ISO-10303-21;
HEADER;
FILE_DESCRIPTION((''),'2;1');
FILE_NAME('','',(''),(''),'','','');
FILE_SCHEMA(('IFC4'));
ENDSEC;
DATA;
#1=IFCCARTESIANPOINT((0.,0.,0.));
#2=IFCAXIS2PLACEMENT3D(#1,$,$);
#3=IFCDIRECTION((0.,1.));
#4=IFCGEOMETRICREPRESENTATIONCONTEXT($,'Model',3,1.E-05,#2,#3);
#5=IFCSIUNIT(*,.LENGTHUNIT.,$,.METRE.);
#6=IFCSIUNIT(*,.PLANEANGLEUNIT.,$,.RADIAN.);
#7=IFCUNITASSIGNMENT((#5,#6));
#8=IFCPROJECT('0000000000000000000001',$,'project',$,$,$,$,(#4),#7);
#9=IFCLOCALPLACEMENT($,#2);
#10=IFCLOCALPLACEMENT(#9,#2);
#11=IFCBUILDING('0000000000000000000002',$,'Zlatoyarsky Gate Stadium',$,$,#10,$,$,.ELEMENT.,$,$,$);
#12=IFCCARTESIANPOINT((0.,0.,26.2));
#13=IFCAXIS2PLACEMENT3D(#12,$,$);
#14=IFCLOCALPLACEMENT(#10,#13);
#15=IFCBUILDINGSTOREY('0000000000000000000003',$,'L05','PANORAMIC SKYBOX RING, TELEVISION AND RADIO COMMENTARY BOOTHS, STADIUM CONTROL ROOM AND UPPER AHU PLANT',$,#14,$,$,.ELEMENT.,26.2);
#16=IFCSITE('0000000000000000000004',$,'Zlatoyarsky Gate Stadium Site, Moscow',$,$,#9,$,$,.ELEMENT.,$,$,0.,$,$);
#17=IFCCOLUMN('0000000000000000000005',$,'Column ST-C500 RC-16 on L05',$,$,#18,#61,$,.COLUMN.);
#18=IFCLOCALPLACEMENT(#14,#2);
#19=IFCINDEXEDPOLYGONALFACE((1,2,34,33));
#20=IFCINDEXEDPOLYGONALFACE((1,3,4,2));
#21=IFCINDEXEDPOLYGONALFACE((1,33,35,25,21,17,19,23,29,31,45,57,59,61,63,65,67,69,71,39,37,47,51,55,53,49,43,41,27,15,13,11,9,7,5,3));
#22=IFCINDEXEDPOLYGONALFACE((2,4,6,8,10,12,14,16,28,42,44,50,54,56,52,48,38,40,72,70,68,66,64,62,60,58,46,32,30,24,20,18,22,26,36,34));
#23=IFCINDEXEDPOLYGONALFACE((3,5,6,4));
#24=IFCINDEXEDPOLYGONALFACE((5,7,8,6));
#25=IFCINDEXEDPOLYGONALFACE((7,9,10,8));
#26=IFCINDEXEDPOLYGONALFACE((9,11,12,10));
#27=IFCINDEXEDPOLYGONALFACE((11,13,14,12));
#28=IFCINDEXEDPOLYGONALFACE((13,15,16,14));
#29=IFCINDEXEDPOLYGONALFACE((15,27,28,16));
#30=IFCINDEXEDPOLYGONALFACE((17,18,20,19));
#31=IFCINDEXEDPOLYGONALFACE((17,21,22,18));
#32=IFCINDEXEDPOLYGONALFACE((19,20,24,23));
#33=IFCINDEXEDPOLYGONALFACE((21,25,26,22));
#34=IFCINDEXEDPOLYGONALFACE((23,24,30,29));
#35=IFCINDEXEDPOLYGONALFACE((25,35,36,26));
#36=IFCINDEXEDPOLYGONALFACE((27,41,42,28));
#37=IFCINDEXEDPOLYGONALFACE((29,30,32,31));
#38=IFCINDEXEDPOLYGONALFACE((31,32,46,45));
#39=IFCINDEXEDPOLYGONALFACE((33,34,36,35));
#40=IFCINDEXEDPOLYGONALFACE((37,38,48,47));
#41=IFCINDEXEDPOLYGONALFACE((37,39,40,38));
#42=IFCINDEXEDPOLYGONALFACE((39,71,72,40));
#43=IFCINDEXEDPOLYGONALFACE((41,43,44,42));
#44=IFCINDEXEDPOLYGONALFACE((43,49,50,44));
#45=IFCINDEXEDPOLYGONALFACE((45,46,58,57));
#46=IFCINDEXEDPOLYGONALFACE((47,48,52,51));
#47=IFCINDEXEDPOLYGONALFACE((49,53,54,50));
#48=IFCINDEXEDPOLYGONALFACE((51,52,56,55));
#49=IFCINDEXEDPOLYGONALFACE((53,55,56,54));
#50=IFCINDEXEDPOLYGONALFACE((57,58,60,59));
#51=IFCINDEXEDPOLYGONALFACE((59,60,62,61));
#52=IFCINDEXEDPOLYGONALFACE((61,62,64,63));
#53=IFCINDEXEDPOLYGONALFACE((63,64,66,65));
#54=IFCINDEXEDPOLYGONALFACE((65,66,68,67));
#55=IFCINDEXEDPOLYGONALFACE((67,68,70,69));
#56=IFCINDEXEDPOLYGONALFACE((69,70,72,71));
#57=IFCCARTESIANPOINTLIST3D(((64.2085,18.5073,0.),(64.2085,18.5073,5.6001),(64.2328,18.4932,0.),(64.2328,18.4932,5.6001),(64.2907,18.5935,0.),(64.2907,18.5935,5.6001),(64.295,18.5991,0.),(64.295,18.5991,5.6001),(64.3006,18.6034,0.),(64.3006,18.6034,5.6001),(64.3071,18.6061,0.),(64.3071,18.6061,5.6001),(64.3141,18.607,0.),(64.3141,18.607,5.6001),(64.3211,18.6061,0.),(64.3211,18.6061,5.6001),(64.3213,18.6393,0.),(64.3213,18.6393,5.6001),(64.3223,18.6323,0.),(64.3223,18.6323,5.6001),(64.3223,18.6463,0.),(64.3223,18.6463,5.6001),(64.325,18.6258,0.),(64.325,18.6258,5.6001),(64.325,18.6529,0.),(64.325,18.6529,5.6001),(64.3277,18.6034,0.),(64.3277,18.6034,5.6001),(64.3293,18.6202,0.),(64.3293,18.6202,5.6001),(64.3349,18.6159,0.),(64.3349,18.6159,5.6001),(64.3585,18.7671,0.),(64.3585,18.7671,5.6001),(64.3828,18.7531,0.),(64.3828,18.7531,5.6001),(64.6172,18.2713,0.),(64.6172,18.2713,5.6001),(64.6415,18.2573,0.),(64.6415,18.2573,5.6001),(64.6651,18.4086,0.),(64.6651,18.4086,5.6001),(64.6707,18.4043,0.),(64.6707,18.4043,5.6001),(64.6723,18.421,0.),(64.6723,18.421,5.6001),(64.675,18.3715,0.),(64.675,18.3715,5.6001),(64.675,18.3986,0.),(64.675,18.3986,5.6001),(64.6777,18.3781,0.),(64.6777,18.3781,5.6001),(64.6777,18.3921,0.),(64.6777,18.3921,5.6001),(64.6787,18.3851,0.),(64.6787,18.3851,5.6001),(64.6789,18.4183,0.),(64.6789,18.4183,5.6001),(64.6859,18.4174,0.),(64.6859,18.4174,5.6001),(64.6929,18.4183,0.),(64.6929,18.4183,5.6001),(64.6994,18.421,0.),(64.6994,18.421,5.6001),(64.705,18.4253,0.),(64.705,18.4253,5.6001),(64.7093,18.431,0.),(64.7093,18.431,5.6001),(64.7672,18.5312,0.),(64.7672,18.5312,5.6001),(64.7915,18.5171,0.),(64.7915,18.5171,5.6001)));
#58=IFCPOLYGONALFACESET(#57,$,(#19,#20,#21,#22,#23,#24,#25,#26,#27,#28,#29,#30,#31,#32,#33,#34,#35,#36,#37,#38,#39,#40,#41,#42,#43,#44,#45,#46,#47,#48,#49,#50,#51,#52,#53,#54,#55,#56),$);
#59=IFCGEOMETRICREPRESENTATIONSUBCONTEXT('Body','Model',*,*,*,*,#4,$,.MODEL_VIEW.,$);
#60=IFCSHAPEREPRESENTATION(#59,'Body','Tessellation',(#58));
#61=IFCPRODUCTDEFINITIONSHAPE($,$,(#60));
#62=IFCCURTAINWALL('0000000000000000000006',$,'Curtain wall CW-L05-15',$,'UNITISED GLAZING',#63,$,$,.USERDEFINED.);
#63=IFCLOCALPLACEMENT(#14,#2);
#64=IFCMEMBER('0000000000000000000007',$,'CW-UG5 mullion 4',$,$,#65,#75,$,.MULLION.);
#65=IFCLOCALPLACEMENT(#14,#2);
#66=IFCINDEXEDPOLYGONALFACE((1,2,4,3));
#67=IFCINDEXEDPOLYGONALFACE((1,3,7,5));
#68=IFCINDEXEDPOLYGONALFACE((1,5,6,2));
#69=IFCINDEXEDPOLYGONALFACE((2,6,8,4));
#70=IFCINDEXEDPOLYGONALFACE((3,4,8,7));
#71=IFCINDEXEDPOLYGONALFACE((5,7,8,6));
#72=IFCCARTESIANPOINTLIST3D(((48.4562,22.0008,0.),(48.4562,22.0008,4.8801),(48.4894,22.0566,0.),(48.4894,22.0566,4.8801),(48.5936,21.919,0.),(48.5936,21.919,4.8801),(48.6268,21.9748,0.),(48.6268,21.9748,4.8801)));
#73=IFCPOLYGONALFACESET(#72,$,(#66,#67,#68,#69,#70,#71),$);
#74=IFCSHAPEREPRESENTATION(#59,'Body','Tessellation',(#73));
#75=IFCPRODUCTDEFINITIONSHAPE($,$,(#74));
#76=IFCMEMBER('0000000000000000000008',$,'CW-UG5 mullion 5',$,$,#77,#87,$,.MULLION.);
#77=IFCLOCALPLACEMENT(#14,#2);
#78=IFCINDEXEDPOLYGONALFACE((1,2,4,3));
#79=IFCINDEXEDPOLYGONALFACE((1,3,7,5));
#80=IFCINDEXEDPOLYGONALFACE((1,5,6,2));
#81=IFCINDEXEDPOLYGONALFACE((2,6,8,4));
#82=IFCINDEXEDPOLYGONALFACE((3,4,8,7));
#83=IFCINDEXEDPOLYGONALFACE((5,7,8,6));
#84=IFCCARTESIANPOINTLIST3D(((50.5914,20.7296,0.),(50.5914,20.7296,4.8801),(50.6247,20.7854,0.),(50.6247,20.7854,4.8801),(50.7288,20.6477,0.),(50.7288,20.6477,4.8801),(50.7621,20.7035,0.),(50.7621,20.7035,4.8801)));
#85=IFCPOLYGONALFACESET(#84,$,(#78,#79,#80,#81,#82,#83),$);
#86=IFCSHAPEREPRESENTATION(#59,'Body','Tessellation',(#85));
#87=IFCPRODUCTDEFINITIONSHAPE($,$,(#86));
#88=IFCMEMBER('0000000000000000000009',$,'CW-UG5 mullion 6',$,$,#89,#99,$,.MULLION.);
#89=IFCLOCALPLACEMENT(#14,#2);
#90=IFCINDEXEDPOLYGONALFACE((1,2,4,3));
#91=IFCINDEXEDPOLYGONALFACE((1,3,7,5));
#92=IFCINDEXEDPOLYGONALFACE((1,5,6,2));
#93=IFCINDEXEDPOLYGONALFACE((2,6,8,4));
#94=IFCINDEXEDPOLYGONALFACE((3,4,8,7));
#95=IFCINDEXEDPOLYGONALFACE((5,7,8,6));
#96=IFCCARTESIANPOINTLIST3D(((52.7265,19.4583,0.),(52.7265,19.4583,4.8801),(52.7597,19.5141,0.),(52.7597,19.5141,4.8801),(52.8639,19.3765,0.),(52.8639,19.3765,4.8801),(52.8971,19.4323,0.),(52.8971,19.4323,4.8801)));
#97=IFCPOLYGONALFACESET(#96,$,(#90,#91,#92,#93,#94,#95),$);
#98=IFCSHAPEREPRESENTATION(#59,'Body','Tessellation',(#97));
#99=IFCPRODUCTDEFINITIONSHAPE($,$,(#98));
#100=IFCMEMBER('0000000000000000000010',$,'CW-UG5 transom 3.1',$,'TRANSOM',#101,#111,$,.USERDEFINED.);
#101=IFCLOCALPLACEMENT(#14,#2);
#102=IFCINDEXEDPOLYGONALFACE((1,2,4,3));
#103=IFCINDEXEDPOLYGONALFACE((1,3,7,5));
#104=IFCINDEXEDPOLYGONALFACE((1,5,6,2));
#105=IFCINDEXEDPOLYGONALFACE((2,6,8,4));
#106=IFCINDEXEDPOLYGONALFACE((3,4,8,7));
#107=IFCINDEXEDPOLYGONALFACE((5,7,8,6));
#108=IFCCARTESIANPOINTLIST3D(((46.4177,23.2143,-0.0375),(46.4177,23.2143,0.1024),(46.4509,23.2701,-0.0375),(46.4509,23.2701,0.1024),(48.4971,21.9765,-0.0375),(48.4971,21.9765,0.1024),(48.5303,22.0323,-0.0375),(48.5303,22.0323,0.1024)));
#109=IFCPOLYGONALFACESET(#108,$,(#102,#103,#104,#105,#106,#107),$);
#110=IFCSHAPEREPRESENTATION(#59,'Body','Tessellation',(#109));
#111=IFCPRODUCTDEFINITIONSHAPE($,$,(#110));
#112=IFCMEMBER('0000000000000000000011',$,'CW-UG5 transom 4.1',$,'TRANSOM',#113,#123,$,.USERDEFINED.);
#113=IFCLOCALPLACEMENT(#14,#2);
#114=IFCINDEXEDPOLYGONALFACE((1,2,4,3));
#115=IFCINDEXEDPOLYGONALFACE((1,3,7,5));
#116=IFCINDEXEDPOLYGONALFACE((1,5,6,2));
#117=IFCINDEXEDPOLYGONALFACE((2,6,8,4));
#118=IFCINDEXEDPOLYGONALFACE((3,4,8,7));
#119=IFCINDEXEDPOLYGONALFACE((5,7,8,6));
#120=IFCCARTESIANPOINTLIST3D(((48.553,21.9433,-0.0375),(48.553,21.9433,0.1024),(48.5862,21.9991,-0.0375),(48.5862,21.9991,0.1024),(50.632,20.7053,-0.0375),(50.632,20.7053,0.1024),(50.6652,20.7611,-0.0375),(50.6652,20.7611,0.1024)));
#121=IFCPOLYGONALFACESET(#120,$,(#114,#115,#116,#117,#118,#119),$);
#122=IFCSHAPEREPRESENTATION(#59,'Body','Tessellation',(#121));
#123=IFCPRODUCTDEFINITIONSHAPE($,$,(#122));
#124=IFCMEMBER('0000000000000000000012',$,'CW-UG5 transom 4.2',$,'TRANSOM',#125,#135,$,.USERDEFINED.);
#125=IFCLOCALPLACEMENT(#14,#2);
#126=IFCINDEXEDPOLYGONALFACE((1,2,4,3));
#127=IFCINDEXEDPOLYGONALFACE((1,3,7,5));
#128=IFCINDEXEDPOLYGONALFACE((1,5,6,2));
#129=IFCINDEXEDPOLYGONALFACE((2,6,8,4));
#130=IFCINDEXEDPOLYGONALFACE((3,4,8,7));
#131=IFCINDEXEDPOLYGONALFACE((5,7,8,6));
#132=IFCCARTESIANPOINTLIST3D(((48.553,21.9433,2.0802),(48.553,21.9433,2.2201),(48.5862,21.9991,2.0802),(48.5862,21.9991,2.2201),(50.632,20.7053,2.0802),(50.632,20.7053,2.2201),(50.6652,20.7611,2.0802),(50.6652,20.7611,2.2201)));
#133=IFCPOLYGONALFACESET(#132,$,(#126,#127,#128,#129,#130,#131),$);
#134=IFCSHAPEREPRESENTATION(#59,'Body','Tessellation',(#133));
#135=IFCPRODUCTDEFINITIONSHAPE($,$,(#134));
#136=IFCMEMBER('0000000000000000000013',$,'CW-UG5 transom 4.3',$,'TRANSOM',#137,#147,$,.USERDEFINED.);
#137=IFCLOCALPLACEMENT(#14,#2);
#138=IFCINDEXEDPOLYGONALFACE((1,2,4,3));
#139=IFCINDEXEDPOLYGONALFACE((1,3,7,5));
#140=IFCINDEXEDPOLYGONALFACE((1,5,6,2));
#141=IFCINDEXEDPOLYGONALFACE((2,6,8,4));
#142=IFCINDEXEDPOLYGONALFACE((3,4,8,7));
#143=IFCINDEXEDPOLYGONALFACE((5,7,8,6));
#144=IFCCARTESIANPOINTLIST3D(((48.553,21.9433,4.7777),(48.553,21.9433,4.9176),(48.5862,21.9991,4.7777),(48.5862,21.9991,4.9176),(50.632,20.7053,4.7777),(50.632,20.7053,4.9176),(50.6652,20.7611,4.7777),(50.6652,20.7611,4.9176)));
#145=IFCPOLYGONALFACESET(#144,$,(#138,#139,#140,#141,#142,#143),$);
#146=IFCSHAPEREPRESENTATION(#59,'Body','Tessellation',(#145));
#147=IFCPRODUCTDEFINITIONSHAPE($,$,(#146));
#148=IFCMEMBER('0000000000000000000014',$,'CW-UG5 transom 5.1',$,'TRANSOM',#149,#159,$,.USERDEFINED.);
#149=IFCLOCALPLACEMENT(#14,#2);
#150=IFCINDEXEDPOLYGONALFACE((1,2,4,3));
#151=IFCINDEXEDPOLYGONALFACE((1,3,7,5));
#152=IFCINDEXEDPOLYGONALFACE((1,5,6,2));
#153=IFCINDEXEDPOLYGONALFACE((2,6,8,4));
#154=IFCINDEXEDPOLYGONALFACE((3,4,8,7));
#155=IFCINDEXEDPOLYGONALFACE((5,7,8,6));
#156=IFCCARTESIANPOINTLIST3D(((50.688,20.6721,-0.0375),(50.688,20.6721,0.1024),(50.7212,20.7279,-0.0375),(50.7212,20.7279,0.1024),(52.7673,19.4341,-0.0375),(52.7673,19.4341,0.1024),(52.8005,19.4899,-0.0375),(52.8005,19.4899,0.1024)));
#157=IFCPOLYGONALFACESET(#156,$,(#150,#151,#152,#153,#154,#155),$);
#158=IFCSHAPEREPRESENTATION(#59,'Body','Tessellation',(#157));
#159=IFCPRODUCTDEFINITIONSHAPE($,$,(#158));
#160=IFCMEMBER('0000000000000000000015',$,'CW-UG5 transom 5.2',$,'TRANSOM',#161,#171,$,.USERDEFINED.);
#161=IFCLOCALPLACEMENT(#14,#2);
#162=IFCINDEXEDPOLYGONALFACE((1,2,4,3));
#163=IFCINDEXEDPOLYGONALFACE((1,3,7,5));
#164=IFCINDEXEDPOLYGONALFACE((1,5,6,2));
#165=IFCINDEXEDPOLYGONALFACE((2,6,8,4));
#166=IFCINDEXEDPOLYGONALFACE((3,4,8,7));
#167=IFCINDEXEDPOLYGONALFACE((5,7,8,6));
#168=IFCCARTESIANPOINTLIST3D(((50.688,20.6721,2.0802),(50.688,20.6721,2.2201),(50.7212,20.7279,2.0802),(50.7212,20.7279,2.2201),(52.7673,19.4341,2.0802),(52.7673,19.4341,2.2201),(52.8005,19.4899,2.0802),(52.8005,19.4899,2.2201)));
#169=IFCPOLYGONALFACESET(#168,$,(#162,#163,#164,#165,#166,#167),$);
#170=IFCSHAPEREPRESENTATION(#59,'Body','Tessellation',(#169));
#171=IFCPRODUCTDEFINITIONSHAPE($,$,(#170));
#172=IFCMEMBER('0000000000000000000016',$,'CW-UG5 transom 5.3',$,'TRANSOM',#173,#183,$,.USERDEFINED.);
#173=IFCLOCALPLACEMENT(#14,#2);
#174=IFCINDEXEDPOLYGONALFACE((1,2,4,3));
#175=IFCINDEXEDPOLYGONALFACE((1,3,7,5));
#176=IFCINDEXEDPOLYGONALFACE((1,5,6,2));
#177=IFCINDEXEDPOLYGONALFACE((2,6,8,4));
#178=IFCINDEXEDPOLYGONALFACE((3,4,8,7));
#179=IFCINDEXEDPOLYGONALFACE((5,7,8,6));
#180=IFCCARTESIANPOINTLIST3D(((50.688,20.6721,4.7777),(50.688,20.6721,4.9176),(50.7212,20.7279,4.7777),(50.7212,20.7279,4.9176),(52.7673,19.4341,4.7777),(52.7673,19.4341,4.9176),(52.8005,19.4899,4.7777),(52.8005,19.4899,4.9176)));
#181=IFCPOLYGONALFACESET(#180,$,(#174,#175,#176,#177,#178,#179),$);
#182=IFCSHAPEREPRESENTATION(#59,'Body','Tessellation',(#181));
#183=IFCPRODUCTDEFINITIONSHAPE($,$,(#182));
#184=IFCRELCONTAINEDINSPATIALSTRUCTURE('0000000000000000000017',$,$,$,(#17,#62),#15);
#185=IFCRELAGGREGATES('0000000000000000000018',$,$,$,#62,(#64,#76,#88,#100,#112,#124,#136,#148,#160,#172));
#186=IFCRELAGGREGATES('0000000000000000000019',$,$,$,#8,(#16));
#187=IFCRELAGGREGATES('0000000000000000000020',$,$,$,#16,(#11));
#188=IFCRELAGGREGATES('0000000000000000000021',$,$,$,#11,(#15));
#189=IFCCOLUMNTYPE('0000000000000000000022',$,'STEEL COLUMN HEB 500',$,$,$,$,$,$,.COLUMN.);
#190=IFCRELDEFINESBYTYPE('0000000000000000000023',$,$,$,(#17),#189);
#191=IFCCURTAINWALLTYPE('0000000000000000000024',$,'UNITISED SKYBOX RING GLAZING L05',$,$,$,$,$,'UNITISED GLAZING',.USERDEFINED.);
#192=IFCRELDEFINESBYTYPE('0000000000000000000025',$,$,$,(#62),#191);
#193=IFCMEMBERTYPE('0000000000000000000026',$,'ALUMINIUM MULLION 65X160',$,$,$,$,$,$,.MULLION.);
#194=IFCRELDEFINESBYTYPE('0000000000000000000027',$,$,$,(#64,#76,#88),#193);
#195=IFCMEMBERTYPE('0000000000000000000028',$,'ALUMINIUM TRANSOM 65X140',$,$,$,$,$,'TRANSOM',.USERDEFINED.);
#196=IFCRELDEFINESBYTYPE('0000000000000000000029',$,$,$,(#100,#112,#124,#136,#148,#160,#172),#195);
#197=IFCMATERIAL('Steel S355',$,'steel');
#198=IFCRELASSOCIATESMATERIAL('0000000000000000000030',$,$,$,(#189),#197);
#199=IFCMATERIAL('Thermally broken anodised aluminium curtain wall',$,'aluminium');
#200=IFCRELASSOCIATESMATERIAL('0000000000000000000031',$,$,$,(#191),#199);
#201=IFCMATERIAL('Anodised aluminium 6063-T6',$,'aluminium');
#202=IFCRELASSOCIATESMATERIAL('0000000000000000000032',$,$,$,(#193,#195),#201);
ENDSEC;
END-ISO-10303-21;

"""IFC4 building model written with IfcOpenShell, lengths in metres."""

from ifc_helpers import new_model, si_unit, direction, frame, origin, origin_2d, place, context, subcontext, project, spatial, rectangle, i_section, extrude, material, material_profile, profile_set, type_object, element, aggregate, save


model = new_model("IFC4")

# Units and contexts
model_context = context("Model", 3, precision=1e-05, world=origin(), true_north=direction((0.0, 1.0)))
body_context = subcontext(model_context, "Body", "Model", "MODEL_VIEW")
ifc_project = project(units=[si_unit("LENGTHUNIT", "METRE"), si_unit("PLANEANGLEUNIT", "RADIAN")], contexts=[model_context])

# Site, building, storey
site_placement = place(None, origin())
site = spatial("IfcSite", under=ifc_project, at=site_placement, Name="Zlatoyarsky Gate Stadium Site, Moscow", CompositionType="ELEMENT", RefElevation=0.0)
building_placement = place(site_placement, origin())
building = spatial("IfcBuilding", under=site, at=building_placement, Name="Zlatoyarsky Gate Stadium", CompositionType="ELEMENT")
storey_placement = place(building_placement, frame((0.0, 0.0, 26.2)))
storey = spatial("IfcBuildingStorey", under=building, at=storey_placement, Name="L05", Description="PANORAMIC SKYBOX RING, TELEVISION AND RADIO COMMENTARY BOOTHS, STADIUM CONTROL ROOM AND UPPER AHU PLANT", CompositionType="ELEMENT", Elevation=26.2)

# Column
ifc_material_1 = material(Name="Steel S355", Category="steel")
ifc_material_profile_1 = material_profile(ifc_material_1, i_section(OverallWidth=0.3, OverallDepth=0.5, WebThickness=0.0144, FlangeThickness=0.0281, FilletRadius=0.0271, at=origin_2d()), Name="HEB 500")
ifc_profile_set_1 = profile_set([ifc_material_profile_1], Name="Steel S355")
column_type = type_object("IfcColumnType", Name="STEEL COLUMN HEB 500", PredefinedType="COLUMN", material=ifc_profile_set_1)
column_placement = place(storey_placement, frame((64.5, 18.5122, 0.0), z_axis=(0.0, 0.0, 1.0), x_axis=(-0.5, -0.866025, 0.0)))
element("IfcColumn", 1, at=column_placement, inside=storey, type_object=column_type, Name="Column ST-C500 RC-16 on L05", PredefinedType="COLUMN", context=body_context, shape_type="SweptSolid", body=[
    extrude(i_section(OverallWidth=0.3, OverallDepth=0.5, WebThickness=0.0144, FlangeThickness=0.0281, FilletRadius=0.0271, at=origin_2d()), origin(), (0.0, 0.0, 1.0), 5.6001),
])

# Curtain wall, members
ifc_material_2 = material(Name="Thermally broken anodised aluminium curtain wall", Category="aluminium")
curtain_wall_type = type_object("IfcCurtainWallType", Name="UNITISED SKYBOX RING GLAZING L05", ElementType="UNITISED GLAZING", PredefinedType="USERDEFINED", material=ifc_material_2)
curtain_wall_placement = place(storey_placement, origin())
curtain_wall = element("IfcCurtainWall", 2, at=curtain_wall_placement, inside=storey, type_object=curtain_wall_type, Name="Curtain wall CW-L05-15", ObjectType="UNITISED GLAZING", PredefinedType="USERDEFINED")
ifc_material_3 = material(Name="Anodised aluminium 6063-T6", Category="aluminium")
ifc_material_profile_2 = material_profile(ifc_material_3, rectangle(XDim=0.0649, YDim=0.1599, at=origin_2d()), Name="ALU 65X160")
ifc_profile_set_2 = profile_set([ifc_material_profile_2], Name="Anodised aluminium 6063-T6")
member_type_1 = type_object("IfcMemberType", Name="ALUMINIUM MULLION 65X160", PredefinedType="MULLION", material=ifc_profile_set_2)
member_1_placement = place(storey_placement, frame((48.5415, 21.9878, 0.0), z_axis=(0.0, 0.0, 1.0), x_axis=(0.511577, 0.859237, 0.0)))
member_1 = element("IfcMember", 3, at=member_1_placement, type_object=member_type_1, Name="CW-UG5 mullion 4", PredefinedType="MULLION", context=body_context, shape_type="SweptSolid", body=[
    extrude(rectangle(XDim=0.0649, YDim=0.1599, at=origin_2d()), origin(), (0.0, 0.0, 1.0), 4.8801),
])
member_2_placement = place(storey_placement, frame((50.6768, 20.7166, 0.0), z_axis=(0.0, 0.0, 1.0), x_axis=(0.511577, 0.859237, 0.0)))
member_2 = element("IfcMember", 4, at=member_2_placement, type_object=member_type_1, Name="CW-UG5 mullion 5", PredefinedType="MULLION", context=body_context, shape_type="SweptSolid", body=[
    extrude(rectangle(XDim=0.0649, YDim=0.1599, at=origin_2d()), origin(), (0.0, 0.0, 1.0), 4.8801),
])
member_3_placement = place(storey_placement, frame((52.8118, 19.4453, 0.0), z_axis=(0.0, 0.0, 1.0), x_axis=(0.511577, 0.859237, 0.0)))
member_3 = element("IfcMember", 5, at=member_3_placement, type_object=member_type_1, Name="CW-UG5 mullion 6", PredefinedType="MULLION", context=body_context, shape_type="SweptSolid", body=[
    extrude(rectangle(XDim=0.0649, YDim=0.1599, at=origin_2d()), origin(), (0.0, 0.0, 1.0), 4.8801),
])
ifc_material_profile_3 = material_profile(ifc_material_3, rectangle(XDim=0.0649, YDim=0.1399, at=origin_2d()), Name="ALU 65X140")
ifc_profile_set_3 = profile_set([ifc_material_profile_3], Name="Anodised aluminium 6063-T6")
member_type_2 = type_object("IfcMemberType", Name="ALUMINIUM TRANSOM 65X140", ElementType="TRANSOM", PredefinedType="USERDEFINED", material=ifc_profile_set_3)
member_4_placement = place(storey_placement, frame((46.4343, 23.2422, 0.0325), z_axis=(0.859277, -0.51151, 0.0), x_axis=(0.51151, 0.859277, 0.0)))
member_4 = element("IfcMember", 6, at=member_4_placement, type_object=member_type_2, Name="CW-UG5 transom 3.1", ObjectType="TRANSOM", PredefinedType="USERDEFINED", context=body_context, shape_type="SweptSolid", body=[
    extrude(rectangle(XDim=0.0649, YDim=0.1399, at=origin_2d()), origin(), (0.0, 0.0, 1.0), 2.4199),
])
member_5_placement = place(storey_placement, frame((48.5696, 21.9712, 0.0325), z_axis=(0.859206, -0.511629, 0.0), x_axis=(0.511629, 0.859206, 0.0)))
member_5 = element("IfcMember", 7, at=member_5_placement, type_object=member_type_2, Name="CW-UG5 transom 4.1", ObjectType="TRANSOM", PredefinedType="USERDEFINED", context=body_context, shape_type="SweptSolid", body=[
    extrude(rectangle(XDim=0.0649, YDim=0.1399, at=origin_2d()), origin(), (0.0, 0.0, 1.0), 2.4197),
])
member_6_placement = place(storey_placement, frame((48.5696, 21.9712, 2.1501), z_axis=(0.859206, -0.511629, 0.0), x_axis=(0.511629, 0.859206, 0.0)))
member_6 = element("IfcMember", 8, at=member_6_placement, type_object=member_type_2, Name="CW-UG5 transom 4.2", ObjectType="TRANSOM", PredefinedType="USERDEFINED", context=body_context, shape_type="SweptSolid", body=[
    extrude(rectangle(XDim=0.0649, YDim=0.1399, at=origin_2d()), origin(), (0.0, 0.0, 1.0), 2.4197),
])
member_7_placement = place(storey_placement, frame((48.5696, 21.9712, 4.8477), z_axis=(0.859206, -0.511629, 0.0), x_axis=(0.511629, 0.859206, 0.0)))
member_7 = element("IfcMember", 9, at=member_7_placement, type_object=member_type_2, Name="CW-UG5 transom 4.3", ObjectType="TRANSOM", PredefinedType="USERDEFINED", context=body_context, shape_type="SweptSolid", body=[
    extrude(rectangle(XDim=0.0649, YDim=0.1399, at=origin_2d()), origin(), (0.0, 0.0, 1.0), 2.4197),
])
member_8_placement = place(storey_placement, frame((50.7046, 20.7, 0.0325), z_axis=(0.859233, -0.511585, 0.0), x_axis=(0.511585, 0.859233, 0.0)))
member_8 = element("IfcMember", 10, at=member_8_placement, type_object=member_type_2, Name="CW-UG5 transom 5.1", ObjectType="TRANSOM", PredefinedType="USERDEFINED", context=body_context, shape_type="SweptSolid", body=[
    extrude(rectangle(XDim=0.0649, YDim=0.1399, at=origin_2d()), origin(), (0.0, 0.0, 1.0), 2.4199),
])
member_9_placement = place(storey_placement, frame((50.7046, 20.7, 2.1501), z_axis=(0.859233, -0.511585, 0.0), x_axis=(0.511585, 0.859233, 0.0)))
member_9 = element("IfcMember", 11, at=member_9_placement, type_object=member_type_2, Name="CW-UG5 transom 5.2", ObjectType="TRANSOM", PredefinedType="USERDEFINED", context=body_context, shape_type="SweptSolid", body=[
    extrude(rectangle(XDim=0.0649, YDim=0.1399, at=origin_2d()), origin(), (0.0, 0.0, 1.0), 2.4199),
])
member_10_placement = place(storey_placement, frame((50.7046, 20.7, 4.8477), z_axis=(0.859233, -0.511585, 0.0), x_axis=(0.511585, 0.859233, 0.0)))
member_10 = element("IfcMember", 12, at=member_10_placement, type_object=member_type_2, Name="CW-UG5 transom 5.3", ObjectType="TRANSOM", PredefinedType="USERDEFINED", context=body_context, shape_type="SweptSolid", body=[
    extrude(rectangle(XDim=0.0649, YDim=0.1399, at=origin_2d()), origin(), (0.0, 0.0, 1.0), 2.4199),
])

aggregate(curtain_wall, [member_1, member_2, member_3, member_4, member_5, member_6, member_7, member_8, member_9, member_10])

save(model, "model.ifc")
